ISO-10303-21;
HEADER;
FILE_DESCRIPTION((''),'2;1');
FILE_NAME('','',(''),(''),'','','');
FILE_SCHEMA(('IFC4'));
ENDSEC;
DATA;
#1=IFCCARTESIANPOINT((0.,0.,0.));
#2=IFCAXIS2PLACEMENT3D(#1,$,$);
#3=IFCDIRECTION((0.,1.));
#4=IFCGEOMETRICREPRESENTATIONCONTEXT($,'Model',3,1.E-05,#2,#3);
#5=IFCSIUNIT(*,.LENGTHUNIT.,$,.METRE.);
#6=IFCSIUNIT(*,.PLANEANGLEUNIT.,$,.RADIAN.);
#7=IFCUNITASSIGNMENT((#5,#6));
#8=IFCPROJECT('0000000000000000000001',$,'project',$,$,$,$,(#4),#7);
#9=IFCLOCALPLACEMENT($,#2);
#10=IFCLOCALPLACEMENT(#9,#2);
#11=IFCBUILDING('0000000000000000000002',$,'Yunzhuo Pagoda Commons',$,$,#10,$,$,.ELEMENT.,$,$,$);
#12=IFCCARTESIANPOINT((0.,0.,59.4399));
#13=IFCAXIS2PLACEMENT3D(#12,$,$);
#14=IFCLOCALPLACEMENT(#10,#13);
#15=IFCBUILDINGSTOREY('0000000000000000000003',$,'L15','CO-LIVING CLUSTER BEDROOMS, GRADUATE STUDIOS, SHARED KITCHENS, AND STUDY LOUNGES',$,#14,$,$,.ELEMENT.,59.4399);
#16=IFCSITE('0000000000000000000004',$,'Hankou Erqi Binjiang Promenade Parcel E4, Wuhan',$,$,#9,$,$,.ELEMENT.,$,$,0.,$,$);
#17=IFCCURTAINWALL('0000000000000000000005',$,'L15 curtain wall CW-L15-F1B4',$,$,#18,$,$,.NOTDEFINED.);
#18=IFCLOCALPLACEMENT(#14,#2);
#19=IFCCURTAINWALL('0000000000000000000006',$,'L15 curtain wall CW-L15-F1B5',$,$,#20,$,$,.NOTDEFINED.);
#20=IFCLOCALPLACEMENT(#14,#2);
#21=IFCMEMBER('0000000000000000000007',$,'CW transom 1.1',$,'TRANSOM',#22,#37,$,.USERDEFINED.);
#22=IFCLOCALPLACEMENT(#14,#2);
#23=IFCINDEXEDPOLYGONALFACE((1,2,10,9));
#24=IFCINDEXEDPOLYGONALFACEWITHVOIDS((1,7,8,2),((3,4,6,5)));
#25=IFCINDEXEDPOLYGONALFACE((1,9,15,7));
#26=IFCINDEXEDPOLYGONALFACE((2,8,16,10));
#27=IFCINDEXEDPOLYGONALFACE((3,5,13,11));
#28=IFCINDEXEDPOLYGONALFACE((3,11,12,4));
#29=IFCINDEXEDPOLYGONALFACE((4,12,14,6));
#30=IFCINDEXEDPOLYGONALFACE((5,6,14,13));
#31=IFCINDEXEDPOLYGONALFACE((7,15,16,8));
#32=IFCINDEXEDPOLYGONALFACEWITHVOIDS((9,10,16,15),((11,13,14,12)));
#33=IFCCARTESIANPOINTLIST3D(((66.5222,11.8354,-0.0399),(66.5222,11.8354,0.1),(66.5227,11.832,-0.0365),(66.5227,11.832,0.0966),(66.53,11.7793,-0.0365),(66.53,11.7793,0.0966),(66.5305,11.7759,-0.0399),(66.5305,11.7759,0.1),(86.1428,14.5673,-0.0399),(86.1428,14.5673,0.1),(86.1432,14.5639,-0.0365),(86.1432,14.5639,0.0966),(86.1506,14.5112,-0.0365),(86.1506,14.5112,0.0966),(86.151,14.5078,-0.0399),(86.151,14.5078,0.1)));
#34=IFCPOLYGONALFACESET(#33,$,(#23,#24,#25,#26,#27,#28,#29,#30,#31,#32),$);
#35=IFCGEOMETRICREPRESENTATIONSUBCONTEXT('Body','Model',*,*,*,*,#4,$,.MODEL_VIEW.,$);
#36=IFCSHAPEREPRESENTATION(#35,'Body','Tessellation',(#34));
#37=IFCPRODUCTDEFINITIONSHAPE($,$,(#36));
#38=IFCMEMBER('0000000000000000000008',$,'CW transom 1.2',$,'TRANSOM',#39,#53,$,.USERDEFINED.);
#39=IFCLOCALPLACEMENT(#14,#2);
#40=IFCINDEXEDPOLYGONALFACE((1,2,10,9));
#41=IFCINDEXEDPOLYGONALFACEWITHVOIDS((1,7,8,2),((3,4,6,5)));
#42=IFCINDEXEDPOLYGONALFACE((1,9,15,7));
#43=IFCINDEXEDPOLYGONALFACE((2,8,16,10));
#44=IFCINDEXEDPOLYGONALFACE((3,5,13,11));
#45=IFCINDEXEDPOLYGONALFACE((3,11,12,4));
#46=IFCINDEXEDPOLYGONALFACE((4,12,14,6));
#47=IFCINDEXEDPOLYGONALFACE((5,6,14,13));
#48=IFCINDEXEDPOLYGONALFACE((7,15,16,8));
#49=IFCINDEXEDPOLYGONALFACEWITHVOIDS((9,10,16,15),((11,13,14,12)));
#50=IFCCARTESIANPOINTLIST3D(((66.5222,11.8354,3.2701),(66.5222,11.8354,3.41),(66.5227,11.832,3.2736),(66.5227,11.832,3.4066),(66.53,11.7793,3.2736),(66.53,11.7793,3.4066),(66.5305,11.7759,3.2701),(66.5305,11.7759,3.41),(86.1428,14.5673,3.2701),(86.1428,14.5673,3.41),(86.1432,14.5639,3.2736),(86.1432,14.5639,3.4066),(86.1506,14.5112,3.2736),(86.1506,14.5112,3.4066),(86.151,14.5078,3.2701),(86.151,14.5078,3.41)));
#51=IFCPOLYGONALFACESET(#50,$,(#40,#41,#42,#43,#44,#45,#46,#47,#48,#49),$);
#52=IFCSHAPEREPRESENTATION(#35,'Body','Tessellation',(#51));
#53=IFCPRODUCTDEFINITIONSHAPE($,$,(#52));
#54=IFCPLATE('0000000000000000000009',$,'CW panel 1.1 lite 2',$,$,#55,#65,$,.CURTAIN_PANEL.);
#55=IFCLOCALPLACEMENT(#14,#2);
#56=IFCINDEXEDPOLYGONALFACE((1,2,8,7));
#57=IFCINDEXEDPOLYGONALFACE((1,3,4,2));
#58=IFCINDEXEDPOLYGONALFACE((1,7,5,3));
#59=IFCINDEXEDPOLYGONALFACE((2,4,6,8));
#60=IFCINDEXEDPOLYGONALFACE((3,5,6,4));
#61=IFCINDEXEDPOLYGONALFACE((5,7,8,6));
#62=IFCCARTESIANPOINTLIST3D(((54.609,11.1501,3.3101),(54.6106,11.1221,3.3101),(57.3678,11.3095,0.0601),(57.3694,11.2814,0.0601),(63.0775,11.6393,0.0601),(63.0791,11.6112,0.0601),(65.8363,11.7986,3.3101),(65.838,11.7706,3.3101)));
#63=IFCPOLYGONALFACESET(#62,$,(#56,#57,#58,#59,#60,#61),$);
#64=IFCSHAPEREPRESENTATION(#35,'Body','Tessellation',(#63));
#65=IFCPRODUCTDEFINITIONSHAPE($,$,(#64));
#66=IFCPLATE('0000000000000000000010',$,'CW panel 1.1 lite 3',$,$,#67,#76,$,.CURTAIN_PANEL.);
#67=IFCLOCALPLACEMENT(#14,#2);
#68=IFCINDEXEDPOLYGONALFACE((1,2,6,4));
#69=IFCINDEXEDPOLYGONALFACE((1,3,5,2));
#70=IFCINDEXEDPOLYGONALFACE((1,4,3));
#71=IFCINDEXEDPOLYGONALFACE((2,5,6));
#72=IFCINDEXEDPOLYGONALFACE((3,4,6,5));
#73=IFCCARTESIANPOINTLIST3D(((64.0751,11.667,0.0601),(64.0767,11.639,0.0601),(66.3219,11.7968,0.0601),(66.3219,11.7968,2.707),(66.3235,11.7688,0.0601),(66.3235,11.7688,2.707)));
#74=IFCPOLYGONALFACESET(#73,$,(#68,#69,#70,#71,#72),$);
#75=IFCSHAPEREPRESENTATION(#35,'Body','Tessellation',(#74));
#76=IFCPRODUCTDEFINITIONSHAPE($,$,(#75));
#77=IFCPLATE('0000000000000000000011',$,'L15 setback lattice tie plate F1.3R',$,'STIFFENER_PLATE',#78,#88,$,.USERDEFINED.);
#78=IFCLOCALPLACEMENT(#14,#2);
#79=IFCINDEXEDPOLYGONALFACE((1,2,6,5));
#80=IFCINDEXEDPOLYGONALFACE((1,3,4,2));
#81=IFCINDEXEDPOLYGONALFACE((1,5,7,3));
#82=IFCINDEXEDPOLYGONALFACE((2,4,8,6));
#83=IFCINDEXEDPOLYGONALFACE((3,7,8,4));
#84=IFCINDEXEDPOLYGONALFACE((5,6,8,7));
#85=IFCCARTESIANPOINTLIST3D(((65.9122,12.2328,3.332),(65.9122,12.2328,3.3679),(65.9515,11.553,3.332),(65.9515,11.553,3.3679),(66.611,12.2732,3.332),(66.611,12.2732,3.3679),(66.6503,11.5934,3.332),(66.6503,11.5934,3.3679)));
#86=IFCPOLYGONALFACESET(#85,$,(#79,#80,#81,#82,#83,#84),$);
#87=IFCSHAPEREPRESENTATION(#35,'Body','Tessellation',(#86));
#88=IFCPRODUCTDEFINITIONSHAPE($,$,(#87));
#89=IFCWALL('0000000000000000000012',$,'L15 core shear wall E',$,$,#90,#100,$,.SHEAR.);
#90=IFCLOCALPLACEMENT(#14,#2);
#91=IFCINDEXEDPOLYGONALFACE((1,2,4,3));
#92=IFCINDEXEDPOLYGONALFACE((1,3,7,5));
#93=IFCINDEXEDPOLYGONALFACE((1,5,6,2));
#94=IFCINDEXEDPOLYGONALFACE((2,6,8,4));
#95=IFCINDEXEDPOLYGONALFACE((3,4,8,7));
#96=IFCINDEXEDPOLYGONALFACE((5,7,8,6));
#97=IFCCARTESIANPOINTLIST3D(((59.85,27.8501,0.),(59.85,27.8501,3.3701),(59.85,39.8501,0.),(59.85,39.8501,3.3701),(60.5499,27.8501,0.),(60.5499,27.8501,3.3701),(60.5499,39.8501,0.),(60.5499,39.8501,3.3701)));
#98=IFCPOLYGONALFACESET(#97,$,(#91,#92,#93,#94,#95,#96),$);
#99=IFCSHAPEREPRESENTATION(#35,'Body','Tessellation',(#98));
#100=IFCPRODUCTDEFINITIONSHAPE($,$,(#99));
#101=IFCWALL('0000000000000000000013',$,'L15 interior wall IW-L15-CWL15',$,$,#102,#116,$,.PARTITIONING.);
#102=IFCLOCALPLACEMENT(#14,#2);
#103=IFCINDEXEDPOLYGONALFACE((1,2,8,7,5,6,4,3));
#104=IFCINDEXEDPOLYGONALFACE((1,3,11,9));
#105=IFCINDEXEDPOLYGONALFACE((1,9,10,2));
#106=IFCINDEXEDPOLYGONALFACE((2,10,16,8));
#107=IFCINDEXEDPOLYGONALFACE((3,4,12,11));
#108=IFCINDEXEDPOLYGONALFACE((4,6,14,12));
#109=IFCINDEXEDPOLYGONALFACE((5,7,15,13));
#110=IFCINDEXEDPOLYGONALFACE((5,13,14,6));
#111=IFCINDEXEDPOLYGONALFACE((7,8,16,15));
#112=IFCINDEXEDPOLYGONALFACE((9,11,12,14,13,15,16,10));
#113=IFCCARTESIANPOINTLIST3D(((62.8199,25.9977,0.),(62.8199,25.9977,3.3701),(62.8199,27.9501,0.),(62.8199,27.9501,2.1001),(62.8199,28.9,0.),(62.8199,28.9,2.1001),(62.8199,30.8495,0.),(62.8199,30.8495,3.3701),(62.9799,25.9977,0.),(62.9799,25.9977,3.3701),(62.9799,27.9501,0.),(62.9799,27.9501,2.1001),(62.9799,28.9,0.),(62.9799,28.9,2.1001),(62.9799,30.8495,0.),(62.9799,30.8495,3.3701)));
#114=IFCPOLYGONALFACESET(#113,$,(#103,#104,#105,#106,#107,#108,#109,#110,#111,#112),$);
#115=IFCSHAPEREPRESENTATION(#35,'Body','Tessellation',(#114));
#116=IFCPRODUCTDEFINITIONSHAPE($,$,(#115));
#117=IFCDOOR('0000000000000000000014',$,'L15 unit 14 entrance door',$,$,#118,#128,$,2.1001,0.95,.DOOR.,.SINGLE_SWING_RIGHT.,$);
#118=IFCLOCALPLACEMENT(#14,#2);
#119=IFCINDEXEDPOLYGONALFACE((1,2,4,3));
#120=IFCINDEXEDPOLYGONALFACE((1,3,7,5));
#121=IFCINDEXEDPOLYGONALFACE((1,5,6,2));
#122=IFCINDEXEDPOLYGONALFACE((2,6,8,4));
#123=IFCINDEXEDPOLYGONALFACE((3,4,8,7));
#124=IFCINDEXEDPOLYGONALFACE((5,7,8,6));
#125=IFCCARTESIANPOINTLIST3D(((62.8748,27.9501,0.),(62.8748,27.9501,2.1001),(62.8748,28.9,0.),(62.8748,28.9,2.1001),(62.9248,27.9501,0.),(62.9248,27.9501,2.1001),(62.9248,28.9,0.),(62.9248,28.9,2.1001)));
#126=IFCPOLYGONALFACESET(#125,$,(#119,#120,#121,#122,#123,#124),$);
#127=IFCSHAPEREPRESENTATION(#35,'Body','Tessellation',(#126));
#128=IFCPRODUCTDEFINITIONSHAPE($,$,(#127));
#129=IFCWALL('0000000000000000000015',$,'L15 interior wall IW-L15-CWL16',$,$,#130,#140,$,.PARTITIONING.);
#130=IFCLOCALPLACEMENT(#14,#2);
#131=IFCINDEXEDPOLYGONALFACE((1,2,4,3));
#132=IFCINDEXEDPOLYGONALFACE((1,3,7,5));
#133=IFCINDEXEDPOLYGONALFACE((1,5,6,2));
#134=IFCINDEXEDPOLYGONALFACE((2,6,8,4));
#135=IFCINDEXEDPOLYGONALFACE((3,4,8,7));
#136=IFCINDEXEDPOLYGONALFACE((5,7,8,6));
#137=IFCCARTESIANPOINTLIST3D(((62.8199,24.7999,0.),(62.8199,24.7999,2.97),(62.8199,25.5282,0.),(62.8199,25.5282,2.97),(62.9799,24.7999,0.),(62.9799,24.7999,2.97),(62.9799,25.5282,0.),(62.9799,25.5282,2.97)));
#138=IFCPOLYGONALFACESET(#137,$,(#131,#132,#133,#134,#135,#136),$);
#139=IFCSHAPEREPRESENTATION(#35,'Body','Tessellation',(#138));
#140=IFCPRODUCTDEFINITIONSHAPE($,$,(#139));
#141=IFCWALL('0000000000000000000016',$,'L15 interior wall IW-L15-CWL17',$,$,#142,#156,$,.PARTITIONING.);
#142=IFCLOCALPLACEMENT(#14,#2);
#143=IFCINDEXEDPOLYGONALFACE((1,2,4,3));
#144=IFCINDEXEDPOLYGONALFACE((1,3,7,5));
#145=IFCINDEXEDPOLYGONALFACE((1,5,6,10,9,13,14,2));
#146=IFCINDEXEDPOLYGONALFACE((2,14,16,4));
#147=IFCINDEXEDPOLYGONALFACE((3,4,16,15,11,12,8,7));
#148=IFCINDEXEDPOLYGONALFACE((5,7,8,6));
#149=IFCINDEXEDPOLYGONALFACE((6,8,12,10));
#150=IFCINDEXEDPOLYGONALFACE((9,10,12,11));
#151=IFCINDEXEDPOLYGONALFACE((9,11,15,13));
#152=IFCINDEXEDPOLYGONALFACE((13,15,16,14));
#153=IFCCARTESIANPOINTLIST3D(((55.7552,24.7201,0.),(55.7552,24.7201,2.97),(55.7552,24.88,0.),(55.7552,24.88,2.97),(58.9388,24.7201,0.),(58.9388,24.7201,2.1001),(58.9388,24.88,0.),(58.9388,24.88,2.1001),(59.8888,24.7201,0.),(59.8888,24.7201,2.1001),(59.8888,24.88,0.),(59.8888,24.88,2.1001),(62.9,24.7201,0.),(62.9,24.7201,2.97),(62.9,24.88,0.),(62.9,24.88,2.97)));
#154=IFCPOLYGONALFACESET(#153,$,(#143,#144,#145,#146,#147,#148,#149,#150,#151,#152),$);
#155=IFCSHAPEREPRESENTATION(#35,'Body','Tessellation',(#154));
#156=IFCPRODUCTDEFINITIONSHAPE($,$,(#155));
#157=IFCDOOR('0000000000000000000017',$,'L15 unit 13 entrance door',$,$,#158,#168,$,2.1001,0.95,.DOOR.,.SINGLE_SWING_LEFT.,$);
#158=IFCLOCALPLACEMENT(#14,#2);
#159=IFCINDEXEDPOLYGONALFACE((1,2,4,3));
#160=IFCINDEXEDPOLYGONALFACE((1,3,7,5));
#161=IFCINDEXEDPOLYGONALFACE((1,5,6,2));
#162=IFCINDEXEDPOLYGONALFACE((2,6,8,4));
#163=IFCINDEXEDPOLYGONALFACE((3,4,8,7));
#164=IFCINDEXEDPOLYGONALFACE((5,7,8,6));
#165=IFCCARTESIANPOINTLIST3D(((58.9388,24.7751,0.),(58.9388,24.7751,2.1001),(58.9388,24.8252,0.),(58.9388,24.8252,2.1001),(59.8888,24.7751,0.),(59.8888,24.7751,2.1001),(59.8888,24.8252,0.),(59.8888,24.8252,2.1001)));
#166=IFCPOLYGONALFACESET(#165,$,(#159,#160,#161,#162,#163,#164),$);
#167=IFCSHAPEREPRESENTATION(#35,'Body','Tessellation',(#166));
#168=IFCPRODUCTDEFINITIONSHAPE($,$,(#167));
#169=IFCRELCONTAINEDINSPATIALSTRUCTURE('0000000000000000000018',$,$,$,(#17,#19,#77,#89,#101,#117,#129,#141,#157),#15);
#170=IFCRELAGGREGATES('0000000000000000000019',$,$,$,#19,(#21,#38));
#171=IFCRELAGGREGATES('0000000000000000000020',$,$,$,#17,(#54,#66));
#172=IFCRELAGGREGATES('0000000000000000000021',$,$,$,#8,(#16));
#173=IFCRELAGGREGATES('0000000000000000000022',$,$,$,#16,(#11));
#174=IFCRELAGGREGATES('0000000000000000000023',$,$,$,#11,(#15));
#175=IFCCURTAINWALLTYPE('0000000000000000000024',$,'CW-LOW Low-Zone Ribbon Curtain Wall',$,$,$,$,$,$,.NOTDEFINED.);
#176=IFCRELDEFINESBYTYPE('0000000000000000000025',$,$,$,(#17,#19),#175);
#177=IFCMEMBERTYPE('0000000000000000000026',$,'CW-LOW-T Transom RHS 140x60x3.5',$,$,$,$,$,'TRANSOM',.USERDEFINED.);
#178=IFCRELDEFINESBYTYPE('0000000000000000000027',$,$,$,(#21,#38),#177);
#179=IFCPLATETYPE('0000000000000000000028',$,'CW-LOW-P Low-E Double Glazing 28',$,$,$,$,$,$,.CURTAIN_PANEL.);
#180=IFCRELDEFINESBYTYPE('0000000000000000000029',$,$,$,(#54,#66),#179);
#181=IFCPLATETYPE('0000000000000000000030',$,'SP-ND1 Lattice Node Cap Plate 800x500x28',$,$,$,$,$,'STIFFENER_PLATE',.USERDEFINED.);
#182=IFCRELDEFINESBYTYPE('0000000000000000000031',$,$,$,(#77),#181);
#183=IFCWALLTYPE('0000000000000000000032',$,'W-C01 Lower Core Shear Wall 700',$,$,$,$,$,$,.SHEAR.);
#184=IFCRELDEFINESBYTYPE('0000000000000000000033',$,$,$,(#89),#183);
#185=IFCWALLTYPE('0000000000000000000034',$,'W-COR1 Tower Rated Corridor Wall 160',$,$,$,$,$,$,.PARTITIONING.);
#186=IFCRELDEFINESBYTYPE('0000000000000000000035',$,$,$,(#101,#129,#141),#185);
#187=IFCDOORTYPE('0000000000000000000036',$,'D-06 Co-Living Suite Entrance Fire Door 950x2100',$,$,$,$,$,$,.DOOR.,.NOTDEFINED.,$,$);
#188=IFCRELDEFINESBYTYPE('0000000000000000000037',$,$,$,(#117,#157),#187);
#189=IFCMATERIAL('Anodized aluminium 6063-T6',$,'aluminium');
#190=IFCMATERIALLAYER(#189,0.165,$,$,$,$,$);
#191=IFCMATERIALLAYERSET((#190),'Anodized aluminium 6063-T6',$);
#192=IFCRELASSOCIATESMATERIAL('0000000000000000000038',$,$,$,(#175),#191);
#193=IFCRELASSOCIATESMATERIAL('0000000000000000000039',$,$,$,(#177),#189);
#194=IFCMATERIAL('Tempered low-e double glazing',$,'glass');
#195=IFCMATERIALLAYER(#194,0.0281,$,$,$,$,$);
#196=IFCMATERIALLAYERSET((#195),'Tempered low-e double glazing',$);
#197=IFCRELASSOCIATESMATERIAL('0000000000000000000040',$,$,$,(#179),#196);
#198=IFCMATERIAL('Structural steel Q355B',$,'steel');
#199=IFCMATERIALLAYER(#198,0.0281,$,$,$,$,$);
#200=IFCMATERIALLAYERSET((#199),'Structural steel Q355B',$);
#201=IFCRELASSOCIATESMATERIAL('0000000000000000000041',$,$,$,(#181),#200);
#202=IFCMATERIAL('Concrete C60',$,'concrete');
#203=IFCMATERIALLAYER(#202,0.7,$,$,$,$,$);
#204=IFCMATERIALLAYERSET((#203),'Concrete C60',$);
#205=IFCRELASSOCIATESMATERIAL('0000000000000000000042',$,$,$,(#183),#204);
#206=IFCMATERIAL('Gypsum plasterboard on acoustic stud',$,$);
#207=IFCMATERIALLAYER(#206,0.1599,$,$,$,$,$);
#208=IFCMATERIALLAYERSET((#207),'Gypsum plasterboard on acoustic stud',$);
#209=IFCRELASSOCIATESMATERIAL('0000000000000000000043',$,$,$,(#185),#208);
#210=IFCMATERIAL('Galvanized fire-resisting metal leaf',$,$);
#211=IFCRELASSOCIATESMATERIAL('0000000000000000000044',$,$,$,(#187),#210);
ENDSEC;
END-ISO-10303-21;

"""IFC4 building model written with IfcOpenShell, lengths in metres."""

from ifc_helpers import new_model, si_unit, direction, frame, frame_2d, origin, origin_with_axes, origin_2d, place, context, subcontext, project, spatial, polyline, rectangle, hollow_rectangle, outline, extrude, source, transform, mapped, material, layer, layer_set, material_profile, profile_set, type_object, element, fill, aggregate, save


model = new_model("IFC4")

# Units and contexts
model_context = context("Model", 3, precision=1e-05, world=origin(), true_north=direction((0.0, 1.0)))
body_context = subcontext(model_context, "Body", "Model", "MODEL_VIEW")
ifc_project = project(units=[si_unit("LENGTHUNIT", "METRE"), si_unit("PLANEANGLEUNIT", "RADIAN")], contexts=[model_context])

# Site, building, storey
site_placement = place(None, origin())
site = spatial("IfcSite", under=ifc_project, at=site_placement, Name="Hankou Erqi Binjiang Promenade Parcel E4, Wuhan", CompositionType="ELEMENT", RefElevation=0.0)
building_placement = place(site_placement, origin())
building = spatial("IfcBuilding", under=site, at=building_placement, Name="Yunzhuo Pagoda Commons", CompositionType="ELEMENT")
storey_placement = place(building_placement, frame((0.0, 0.0, 59.4399)))
storey = spatial("IfcBuildingStorey", under=building, at=storey_placement, Name="L15", Description="CO-LIVING CLUSTER BEDROOMS, GRADUATE STUDIOS, SHARED KITCHENS, AND STUDY LOUNGES", CompositionType="ELEMENT", Elevation=59.4399)

# Shared definitions
ifc_material_1 = material(Name="Structural steel Q355B", Category="steel")

# Curtain wall
ifc_material_2 = material(Name="Anodized aluminium 6063-T6", Category="aluminium")
ifc_layer_1 = layer(ifc_material_2, 0.165)
ifc_layer_set_1 = layer_set([ifc_layer_1], Name="Anodized aluminium 6063-T6")
curtain_wall_type = type_object("IfcCurtainWallType", Name="CW-LOW Low-Zone Ribbon Curtain Wall", PredefinedType="NOTDEFINED", material=ifc_layer_set_1)
curtain_wall_1_placement = place(storey_placement, origin())
curtain_wall_1 = element("IfcCurtainWall", 1, at=curtain_wall_1_placement, inside=storey, type_object=curtain_wall_type, Name="L15 curtain wall CW-L15-F1B4", PredefinedType="NOTDEFINED")

# Curtain wall, members
curtain_wall_2_placement = place(storey_placement, origin())
curtain_wall_2 = element("IfcCurtainWall", 2, at=curtain_wall_2_placement, inside=storey, type_object=curtain_wall_type, Name="L15 curtain wall CW-L15-F1B5", PredefinedType="NOTDEFINED")
ifc_material_profile_1 = material_profile(ifc_material_2, hollow_rectangle(XDim=0.0601, YDim=0.1399, WallThickness=0.0034, at=origin_2d()), Name="Anodized aluminium 6063-T6")
ifc_profile_set_1 = profile_set([ifc_material_profile_1], Name="Anodized aluminium 6063-T6")
member_type_1 = type_object("IfcMemberType", Name="CW-LOW-T Transom RHS 140x60x3.5", ElementType="TRANSOM", PredefinedType="USERDEFINED", material=ifc_profile_set_1)
shared_shape_1 = source(origin(), body_context, "Body", "SweptSolid", [
    extrude(hollow_rectangle(XDim=0.0601, YDim=0.1399, WallThickness=0.0034, at=origin_2d()), origin(), (0.0, 0.0, 1.0), 19.8098),
])
member_1_placement = place(storey_placement, frame((66.5264, 11.8057, 0.03), z_axis=(0.990445, 0.137908, 0.0), x_axis=(-0.137908, 0.990445, 0.0)))
member_1 = element("IfcMember", 3, at=member_1_placement, type_object=member_type_1, Name="CW transom 1.1", ObjectType="TRANSOM", PredefinedType="USERDEFINED", context=body_context, shape_type="MappedRepresentation", body=[
    mapped(shared_shape_1, transform((0.0, 0.0, 0.0), scale=1.0)),
])
member_2_placement = place(storey_placement, frame((66.5264, 11.8057, 3.3401), z_axis=(0.990445, 0.137908, 0.0), x_axis=(-0.137908, 0.990445, 0.0)))
member_2 = element("IfcMember", 4, at=member_2_placement, type_object=member_type_1, Name="CW transom 1.2", ObjectType="TRANSOM", PredefinedType="USERDEFINED", context=body_context, shape_type="MappedRepresentation", body=[
    mapped(shared_shape_1, transform((0.0, 0.0, 0.0), scale=1.0)),
])
aggregate(curtain_wall_2, [member_1, member_2])

# Plates
ifc_material_3 = material(Name="Tempered low-e double glazing", Category="glass")
ifc_layer_2 = layer(ifc_material_3, 0.0281)
ifc_layer_set_2 = layer_set([ifc_layer_2], Name="Tempered low-e double glazing")
plate_type_1 = type_object("IfcPlateType", Name="CW-LOW-P Low-E Double Glazing 28", PredefinedType="CURTAIN_PANEL", material=ifc_layer_set_2)
plate_1_placement = place(storey_placement, frame((60.2227, 11.4744, 1.6851), z_axis=(0.057664, -0.998336, 0.0), x_axis=(0.998336, 0.057664, 0.0)))
plate_1 = element("IfcPlate", 5, at=plate_1_placement, type_object=plate_type_1, Name="CW panel 1.1 lite 2", PredefinedType="CURTAIN_PANEL", context=body_context, shape_type="SweptSolid", body=[
    extrude(outline(polyline([(-5.623, 1.625), (-2.8596, -1.625), (2.8596, -1.625), (5.623, 1.625), (-5.623, 1.625)])), origin(), (0.0, 0.0, 1.0), 0.0281),
])
plate_2_placement = place(storey_placement, frame((65.1985, 11.7319, 1.3835), z_axis=(0.057664, -0.998336, 0.0), x_axis=(0.998336, 0.057664, 0.0)))
plate_2 = element("IfcPlate", 6, at=plate_2_placement, type_object=plate_type_1, Name="CW panel 1.1 lite 3", PredefinedType="CURTAIN_PANEL", context=body_context, shape_type="SweptSolid", body=[
    extrude(outline(polyline([(-1.1252, -1.3235), (1.1252, -1.3235), (1.1252, 1.3235), (-1.1252, -1.3235)])), origin(), (0.0, 0.0, 1.0), 0.0281),
])
aggregate(curtain_wall_1, [plate_1, plate_2])
ifc_layer_3 = layer(ifc_material_1, 0.0281)
ifc_layer_set_3 = layer_set([ifc_layer_3], Name="Structural steel Q355B")
plate_type_2 = type_object("IfcPlateType", Name="SP-ND1 Lattice Node Cap Plate 800x500x28", ElementType="STIFFENER_PLATE", PredefinedType="USERDEFINED", material=ifc_layer_set_3)
shared_shape_2 = source(origin(), body_context, "Body", "SweptSolid", [
    extrude(rectangle(XDim=0.7, YDim=0.6809, at=origin_2d()), origin(), (0.0, 0.0, 1.0), 0.0359),
])
plate_3_placement = place(storey_placement, frame((66.2812, 11.9131, 3.332), z_axis=(0.0, 0.0, 1.0), x_axis=(0.998336, 0.057669, 0.0)))
element("IfcPlate", 7, at=plate_3_placement, inside=storey, type_object=plate_type_2, Name="L15 setback lattice tie plate F1.3R", ObjectType="STIFFENER_PLATE", PredefinedType="USERDEFINED", context=body_context, shape_type="MappedRepresentation", body=[
    mapped(shared_shape_2, transform((0.0, 0.0, 0.0), scale=1.0)),
])

# Wall
ifc_material_4 = material(Name="Concrete C60", Category="concrete")
ifc_layer_4 = layer(ifc_material_4, 0.7)
ifc_layer_set_4 = layer_set([ifc_layer_4], Name="Concrete C60")
wall_type_1 = type_object("IfcWallType", Name="W-C01 Lower Core Shear Wall 700", PredefinedType="SHEAR", material=ifc_layer_set_4)
wall_1_placement = place(storey_placement, frame((60.2, 27.8501, 0.0), z_axis=(0.0, 0.0, 1.0), x_axis=(0.0, 1.0, 0.0)))
element("IfcWall", 8, at=wall_1_placement, inside=storey, type_object=wall_type_1, Name="L15 core shear wall E", PredefinedType="SHEAR", context=body_context, shape_type="SweptSolid", body=[
    extrude(rectangle(XDim=12.0, YDim=0.7, at=frame_2d((6.0, 0.0))), origin(), (0.0, 0.0, 1.0), 3.3701),
])

# Wall, opening, door
ifc_material_5 = material(Name="Gypsum plasterboard on acoustic stud")
ifc_layer_5 = layer(ifc_material_5, 0.1599)
ifc_layer_set_5 = layer_set([ifc_layer_5], Name="Gypsum plasterboard on acoustic stud")
wall_type_2 = type_object("IfcWallType", Name="W-COR1 Tower Rated Corridor Wall 160", PredefinedType="PARTITIONING", material=ifc_layer_set_5)
wall_2_placement = place(storey_placement, frame((62.8999, 30.8494, 0.0), z_axis=(0.0, 0.0, 1.0), x_axis=(0.0, -1.0, 0.0)))
wall_2 = element("IfcWall", 9, at=wall_2_placement, inside=storey, type_object=wall_type_2, Name="L15 interior wall IW-L15-CWL15", PredefinedType="PARTITIONING", context=body_context, shape_type="SweptSolid", body=[
    extrude(rectangle(XDim=4.8518, YDim=0.1599, at=frame_2d((2.4258, 0.0))), origin(), (0.0, 0.0, 1.0), 3.3701),
])
opening_1_placement = place(wall_2_placement, frame((1.9492, 0.0, 0.0)))
opening_1 = element("IfcOpeningElement", 10, at=opening_1_placement, cuts=wall_2, PredefinedType="OPENING", context=body_context, shape_type="SweptSolid", body=[
    extrude(rectangle(XDim=0.95, YDim=2.1001, at=frame_2d((0.4751, 1.05))), frame((0.0, 0.0898, 0.0), z_axis=(0.0, -1.0, 0.0), x_axis=(1.0, 0.0, 0.0)), (0.0, 0.0, 1.0), 0.1799),
])
ifc_material_6 = material(Name="Galvanized fire-resisting metal leaf")
door_type = type_object("IfcDoorType", Name="D-06 Co-Living Suite Entrance Fire Door 950x2100", OperationType="NOTDEFINED", PredefinedType="DOOR", material=ifc_material_6)
shared_shape_3 = source(origin(), body_context, "Body", "SweptSolid", [
    extrude(rectangle(XDim=0.95, YDim=2.1001, at=frame_2d((0.4751, 1.05))), frame((0.0, 0.0249, 0.0), z_axis=(0.0, -1.0, 0.0), x_axis=(1.0, 0.0, 0.0)), (0.0, 0.0, 1.0), 0.05),
])
door_1_placement = place(opening_1_placement, origin_with_axes())
door_1 = element("IfcDoor", 11, at=door_1_placement, inside=storey, type_object=door_type, Name="L15 unit 14 entrance door", OperationType="SINGLE_SWING_RIGHT", OverallHeight=2.1001, OverallWidth=0.95, PredefinedType="DOOR", context=body_context, shape_type="MappedRepresentation", body=[
    mapped(shared_shape_3, transform((0.0, 0.0, 0.0), scale=1.0)),
])
fill(opening_1, door_1)

# Wall
wall_3_placement = place(storey_placement, frame((62.8999, 25.5283, 0.0), z_axis=(0.0, 0.0, 1.0), x_axis=(0.0, -1.0, 0.0)))
element("IfcWall", 12, at=wall_3_placement, inside=storey, type_object=wall_type_2, Name="L15 interior wall IW-L15-CWL16", PredefinedType="PARTITIONING", context=body_context, shape_type="SweptSolid", body=[
    extrude(rectangle(XDim=0.7283, YDim=0.1599, at=frame_2d((0.3643, 0.0))), origin(), (0.0, 0.0, 1.0), 2.97),
])

# Wall, opening, door
wall_4_placement = place(storey_placement, frame((62.8999, 24.8, 0.0), z_axis=(0.0, 0.0, 1.0), x_axis=(-1.0, 0.0, 0.0)))
wall_4 = element("IfcWall", 13, at=wall_4_placement, inside=storey, type_object=wall_type_2, Name="L15 interior wall IW-L15-CWL17", PredefinedType="PARTITIONING", context=body_context, shape_type="SweptSolid", body=[
    extrude(rectangle(XDim=7.1448, YDim=0.1599, at=frame_2d((3.5723, 0.0))), origin(), (0.0, 0.0, 1.0), 2.97),
])
opening_2_placement = place(wall_4_placement, frame((3.011, 0.0, 0.0)))
opening_2 = element("IfcOpeningElement", 14, at=opening_2_placement, cuts=wall_4, PredefinedType="OPENING", context=body_context, shape_type="SweptSolid", body=[
    extrude(rectangle(XDim=0.95, YDim=2.1001, at=frame_2d((0.4751, 1.05))), frame((0.0, 0.0898, 0.0), z_axis=(0.0, -1.0, 0.0), x_axis=(1.0, 0.0, 0.0)), (0.0, 0.0, 1.0), 0.1799),
])
door_2_placement = place(opening_2_placement, origin_with_axes())
door_2 = element("IfcDoor", 15, at=door_2_placement, inside=storey, type_object=door_type, Name="L15 unit 13 entrance door", OperationType="SINGLE_SWING_LEFT", OverallHeight=2.1001, OverallWidth=0.95, PredefinedType="DOOR", context=body_context, shape_type="MappedRepresentation", body=[
    mapped(shared_shape_3, transform((0.0, 0.0, 0.0), scale=1.0)),
])
fill(opening_2, door_2)

save(model, "model.ifc")
